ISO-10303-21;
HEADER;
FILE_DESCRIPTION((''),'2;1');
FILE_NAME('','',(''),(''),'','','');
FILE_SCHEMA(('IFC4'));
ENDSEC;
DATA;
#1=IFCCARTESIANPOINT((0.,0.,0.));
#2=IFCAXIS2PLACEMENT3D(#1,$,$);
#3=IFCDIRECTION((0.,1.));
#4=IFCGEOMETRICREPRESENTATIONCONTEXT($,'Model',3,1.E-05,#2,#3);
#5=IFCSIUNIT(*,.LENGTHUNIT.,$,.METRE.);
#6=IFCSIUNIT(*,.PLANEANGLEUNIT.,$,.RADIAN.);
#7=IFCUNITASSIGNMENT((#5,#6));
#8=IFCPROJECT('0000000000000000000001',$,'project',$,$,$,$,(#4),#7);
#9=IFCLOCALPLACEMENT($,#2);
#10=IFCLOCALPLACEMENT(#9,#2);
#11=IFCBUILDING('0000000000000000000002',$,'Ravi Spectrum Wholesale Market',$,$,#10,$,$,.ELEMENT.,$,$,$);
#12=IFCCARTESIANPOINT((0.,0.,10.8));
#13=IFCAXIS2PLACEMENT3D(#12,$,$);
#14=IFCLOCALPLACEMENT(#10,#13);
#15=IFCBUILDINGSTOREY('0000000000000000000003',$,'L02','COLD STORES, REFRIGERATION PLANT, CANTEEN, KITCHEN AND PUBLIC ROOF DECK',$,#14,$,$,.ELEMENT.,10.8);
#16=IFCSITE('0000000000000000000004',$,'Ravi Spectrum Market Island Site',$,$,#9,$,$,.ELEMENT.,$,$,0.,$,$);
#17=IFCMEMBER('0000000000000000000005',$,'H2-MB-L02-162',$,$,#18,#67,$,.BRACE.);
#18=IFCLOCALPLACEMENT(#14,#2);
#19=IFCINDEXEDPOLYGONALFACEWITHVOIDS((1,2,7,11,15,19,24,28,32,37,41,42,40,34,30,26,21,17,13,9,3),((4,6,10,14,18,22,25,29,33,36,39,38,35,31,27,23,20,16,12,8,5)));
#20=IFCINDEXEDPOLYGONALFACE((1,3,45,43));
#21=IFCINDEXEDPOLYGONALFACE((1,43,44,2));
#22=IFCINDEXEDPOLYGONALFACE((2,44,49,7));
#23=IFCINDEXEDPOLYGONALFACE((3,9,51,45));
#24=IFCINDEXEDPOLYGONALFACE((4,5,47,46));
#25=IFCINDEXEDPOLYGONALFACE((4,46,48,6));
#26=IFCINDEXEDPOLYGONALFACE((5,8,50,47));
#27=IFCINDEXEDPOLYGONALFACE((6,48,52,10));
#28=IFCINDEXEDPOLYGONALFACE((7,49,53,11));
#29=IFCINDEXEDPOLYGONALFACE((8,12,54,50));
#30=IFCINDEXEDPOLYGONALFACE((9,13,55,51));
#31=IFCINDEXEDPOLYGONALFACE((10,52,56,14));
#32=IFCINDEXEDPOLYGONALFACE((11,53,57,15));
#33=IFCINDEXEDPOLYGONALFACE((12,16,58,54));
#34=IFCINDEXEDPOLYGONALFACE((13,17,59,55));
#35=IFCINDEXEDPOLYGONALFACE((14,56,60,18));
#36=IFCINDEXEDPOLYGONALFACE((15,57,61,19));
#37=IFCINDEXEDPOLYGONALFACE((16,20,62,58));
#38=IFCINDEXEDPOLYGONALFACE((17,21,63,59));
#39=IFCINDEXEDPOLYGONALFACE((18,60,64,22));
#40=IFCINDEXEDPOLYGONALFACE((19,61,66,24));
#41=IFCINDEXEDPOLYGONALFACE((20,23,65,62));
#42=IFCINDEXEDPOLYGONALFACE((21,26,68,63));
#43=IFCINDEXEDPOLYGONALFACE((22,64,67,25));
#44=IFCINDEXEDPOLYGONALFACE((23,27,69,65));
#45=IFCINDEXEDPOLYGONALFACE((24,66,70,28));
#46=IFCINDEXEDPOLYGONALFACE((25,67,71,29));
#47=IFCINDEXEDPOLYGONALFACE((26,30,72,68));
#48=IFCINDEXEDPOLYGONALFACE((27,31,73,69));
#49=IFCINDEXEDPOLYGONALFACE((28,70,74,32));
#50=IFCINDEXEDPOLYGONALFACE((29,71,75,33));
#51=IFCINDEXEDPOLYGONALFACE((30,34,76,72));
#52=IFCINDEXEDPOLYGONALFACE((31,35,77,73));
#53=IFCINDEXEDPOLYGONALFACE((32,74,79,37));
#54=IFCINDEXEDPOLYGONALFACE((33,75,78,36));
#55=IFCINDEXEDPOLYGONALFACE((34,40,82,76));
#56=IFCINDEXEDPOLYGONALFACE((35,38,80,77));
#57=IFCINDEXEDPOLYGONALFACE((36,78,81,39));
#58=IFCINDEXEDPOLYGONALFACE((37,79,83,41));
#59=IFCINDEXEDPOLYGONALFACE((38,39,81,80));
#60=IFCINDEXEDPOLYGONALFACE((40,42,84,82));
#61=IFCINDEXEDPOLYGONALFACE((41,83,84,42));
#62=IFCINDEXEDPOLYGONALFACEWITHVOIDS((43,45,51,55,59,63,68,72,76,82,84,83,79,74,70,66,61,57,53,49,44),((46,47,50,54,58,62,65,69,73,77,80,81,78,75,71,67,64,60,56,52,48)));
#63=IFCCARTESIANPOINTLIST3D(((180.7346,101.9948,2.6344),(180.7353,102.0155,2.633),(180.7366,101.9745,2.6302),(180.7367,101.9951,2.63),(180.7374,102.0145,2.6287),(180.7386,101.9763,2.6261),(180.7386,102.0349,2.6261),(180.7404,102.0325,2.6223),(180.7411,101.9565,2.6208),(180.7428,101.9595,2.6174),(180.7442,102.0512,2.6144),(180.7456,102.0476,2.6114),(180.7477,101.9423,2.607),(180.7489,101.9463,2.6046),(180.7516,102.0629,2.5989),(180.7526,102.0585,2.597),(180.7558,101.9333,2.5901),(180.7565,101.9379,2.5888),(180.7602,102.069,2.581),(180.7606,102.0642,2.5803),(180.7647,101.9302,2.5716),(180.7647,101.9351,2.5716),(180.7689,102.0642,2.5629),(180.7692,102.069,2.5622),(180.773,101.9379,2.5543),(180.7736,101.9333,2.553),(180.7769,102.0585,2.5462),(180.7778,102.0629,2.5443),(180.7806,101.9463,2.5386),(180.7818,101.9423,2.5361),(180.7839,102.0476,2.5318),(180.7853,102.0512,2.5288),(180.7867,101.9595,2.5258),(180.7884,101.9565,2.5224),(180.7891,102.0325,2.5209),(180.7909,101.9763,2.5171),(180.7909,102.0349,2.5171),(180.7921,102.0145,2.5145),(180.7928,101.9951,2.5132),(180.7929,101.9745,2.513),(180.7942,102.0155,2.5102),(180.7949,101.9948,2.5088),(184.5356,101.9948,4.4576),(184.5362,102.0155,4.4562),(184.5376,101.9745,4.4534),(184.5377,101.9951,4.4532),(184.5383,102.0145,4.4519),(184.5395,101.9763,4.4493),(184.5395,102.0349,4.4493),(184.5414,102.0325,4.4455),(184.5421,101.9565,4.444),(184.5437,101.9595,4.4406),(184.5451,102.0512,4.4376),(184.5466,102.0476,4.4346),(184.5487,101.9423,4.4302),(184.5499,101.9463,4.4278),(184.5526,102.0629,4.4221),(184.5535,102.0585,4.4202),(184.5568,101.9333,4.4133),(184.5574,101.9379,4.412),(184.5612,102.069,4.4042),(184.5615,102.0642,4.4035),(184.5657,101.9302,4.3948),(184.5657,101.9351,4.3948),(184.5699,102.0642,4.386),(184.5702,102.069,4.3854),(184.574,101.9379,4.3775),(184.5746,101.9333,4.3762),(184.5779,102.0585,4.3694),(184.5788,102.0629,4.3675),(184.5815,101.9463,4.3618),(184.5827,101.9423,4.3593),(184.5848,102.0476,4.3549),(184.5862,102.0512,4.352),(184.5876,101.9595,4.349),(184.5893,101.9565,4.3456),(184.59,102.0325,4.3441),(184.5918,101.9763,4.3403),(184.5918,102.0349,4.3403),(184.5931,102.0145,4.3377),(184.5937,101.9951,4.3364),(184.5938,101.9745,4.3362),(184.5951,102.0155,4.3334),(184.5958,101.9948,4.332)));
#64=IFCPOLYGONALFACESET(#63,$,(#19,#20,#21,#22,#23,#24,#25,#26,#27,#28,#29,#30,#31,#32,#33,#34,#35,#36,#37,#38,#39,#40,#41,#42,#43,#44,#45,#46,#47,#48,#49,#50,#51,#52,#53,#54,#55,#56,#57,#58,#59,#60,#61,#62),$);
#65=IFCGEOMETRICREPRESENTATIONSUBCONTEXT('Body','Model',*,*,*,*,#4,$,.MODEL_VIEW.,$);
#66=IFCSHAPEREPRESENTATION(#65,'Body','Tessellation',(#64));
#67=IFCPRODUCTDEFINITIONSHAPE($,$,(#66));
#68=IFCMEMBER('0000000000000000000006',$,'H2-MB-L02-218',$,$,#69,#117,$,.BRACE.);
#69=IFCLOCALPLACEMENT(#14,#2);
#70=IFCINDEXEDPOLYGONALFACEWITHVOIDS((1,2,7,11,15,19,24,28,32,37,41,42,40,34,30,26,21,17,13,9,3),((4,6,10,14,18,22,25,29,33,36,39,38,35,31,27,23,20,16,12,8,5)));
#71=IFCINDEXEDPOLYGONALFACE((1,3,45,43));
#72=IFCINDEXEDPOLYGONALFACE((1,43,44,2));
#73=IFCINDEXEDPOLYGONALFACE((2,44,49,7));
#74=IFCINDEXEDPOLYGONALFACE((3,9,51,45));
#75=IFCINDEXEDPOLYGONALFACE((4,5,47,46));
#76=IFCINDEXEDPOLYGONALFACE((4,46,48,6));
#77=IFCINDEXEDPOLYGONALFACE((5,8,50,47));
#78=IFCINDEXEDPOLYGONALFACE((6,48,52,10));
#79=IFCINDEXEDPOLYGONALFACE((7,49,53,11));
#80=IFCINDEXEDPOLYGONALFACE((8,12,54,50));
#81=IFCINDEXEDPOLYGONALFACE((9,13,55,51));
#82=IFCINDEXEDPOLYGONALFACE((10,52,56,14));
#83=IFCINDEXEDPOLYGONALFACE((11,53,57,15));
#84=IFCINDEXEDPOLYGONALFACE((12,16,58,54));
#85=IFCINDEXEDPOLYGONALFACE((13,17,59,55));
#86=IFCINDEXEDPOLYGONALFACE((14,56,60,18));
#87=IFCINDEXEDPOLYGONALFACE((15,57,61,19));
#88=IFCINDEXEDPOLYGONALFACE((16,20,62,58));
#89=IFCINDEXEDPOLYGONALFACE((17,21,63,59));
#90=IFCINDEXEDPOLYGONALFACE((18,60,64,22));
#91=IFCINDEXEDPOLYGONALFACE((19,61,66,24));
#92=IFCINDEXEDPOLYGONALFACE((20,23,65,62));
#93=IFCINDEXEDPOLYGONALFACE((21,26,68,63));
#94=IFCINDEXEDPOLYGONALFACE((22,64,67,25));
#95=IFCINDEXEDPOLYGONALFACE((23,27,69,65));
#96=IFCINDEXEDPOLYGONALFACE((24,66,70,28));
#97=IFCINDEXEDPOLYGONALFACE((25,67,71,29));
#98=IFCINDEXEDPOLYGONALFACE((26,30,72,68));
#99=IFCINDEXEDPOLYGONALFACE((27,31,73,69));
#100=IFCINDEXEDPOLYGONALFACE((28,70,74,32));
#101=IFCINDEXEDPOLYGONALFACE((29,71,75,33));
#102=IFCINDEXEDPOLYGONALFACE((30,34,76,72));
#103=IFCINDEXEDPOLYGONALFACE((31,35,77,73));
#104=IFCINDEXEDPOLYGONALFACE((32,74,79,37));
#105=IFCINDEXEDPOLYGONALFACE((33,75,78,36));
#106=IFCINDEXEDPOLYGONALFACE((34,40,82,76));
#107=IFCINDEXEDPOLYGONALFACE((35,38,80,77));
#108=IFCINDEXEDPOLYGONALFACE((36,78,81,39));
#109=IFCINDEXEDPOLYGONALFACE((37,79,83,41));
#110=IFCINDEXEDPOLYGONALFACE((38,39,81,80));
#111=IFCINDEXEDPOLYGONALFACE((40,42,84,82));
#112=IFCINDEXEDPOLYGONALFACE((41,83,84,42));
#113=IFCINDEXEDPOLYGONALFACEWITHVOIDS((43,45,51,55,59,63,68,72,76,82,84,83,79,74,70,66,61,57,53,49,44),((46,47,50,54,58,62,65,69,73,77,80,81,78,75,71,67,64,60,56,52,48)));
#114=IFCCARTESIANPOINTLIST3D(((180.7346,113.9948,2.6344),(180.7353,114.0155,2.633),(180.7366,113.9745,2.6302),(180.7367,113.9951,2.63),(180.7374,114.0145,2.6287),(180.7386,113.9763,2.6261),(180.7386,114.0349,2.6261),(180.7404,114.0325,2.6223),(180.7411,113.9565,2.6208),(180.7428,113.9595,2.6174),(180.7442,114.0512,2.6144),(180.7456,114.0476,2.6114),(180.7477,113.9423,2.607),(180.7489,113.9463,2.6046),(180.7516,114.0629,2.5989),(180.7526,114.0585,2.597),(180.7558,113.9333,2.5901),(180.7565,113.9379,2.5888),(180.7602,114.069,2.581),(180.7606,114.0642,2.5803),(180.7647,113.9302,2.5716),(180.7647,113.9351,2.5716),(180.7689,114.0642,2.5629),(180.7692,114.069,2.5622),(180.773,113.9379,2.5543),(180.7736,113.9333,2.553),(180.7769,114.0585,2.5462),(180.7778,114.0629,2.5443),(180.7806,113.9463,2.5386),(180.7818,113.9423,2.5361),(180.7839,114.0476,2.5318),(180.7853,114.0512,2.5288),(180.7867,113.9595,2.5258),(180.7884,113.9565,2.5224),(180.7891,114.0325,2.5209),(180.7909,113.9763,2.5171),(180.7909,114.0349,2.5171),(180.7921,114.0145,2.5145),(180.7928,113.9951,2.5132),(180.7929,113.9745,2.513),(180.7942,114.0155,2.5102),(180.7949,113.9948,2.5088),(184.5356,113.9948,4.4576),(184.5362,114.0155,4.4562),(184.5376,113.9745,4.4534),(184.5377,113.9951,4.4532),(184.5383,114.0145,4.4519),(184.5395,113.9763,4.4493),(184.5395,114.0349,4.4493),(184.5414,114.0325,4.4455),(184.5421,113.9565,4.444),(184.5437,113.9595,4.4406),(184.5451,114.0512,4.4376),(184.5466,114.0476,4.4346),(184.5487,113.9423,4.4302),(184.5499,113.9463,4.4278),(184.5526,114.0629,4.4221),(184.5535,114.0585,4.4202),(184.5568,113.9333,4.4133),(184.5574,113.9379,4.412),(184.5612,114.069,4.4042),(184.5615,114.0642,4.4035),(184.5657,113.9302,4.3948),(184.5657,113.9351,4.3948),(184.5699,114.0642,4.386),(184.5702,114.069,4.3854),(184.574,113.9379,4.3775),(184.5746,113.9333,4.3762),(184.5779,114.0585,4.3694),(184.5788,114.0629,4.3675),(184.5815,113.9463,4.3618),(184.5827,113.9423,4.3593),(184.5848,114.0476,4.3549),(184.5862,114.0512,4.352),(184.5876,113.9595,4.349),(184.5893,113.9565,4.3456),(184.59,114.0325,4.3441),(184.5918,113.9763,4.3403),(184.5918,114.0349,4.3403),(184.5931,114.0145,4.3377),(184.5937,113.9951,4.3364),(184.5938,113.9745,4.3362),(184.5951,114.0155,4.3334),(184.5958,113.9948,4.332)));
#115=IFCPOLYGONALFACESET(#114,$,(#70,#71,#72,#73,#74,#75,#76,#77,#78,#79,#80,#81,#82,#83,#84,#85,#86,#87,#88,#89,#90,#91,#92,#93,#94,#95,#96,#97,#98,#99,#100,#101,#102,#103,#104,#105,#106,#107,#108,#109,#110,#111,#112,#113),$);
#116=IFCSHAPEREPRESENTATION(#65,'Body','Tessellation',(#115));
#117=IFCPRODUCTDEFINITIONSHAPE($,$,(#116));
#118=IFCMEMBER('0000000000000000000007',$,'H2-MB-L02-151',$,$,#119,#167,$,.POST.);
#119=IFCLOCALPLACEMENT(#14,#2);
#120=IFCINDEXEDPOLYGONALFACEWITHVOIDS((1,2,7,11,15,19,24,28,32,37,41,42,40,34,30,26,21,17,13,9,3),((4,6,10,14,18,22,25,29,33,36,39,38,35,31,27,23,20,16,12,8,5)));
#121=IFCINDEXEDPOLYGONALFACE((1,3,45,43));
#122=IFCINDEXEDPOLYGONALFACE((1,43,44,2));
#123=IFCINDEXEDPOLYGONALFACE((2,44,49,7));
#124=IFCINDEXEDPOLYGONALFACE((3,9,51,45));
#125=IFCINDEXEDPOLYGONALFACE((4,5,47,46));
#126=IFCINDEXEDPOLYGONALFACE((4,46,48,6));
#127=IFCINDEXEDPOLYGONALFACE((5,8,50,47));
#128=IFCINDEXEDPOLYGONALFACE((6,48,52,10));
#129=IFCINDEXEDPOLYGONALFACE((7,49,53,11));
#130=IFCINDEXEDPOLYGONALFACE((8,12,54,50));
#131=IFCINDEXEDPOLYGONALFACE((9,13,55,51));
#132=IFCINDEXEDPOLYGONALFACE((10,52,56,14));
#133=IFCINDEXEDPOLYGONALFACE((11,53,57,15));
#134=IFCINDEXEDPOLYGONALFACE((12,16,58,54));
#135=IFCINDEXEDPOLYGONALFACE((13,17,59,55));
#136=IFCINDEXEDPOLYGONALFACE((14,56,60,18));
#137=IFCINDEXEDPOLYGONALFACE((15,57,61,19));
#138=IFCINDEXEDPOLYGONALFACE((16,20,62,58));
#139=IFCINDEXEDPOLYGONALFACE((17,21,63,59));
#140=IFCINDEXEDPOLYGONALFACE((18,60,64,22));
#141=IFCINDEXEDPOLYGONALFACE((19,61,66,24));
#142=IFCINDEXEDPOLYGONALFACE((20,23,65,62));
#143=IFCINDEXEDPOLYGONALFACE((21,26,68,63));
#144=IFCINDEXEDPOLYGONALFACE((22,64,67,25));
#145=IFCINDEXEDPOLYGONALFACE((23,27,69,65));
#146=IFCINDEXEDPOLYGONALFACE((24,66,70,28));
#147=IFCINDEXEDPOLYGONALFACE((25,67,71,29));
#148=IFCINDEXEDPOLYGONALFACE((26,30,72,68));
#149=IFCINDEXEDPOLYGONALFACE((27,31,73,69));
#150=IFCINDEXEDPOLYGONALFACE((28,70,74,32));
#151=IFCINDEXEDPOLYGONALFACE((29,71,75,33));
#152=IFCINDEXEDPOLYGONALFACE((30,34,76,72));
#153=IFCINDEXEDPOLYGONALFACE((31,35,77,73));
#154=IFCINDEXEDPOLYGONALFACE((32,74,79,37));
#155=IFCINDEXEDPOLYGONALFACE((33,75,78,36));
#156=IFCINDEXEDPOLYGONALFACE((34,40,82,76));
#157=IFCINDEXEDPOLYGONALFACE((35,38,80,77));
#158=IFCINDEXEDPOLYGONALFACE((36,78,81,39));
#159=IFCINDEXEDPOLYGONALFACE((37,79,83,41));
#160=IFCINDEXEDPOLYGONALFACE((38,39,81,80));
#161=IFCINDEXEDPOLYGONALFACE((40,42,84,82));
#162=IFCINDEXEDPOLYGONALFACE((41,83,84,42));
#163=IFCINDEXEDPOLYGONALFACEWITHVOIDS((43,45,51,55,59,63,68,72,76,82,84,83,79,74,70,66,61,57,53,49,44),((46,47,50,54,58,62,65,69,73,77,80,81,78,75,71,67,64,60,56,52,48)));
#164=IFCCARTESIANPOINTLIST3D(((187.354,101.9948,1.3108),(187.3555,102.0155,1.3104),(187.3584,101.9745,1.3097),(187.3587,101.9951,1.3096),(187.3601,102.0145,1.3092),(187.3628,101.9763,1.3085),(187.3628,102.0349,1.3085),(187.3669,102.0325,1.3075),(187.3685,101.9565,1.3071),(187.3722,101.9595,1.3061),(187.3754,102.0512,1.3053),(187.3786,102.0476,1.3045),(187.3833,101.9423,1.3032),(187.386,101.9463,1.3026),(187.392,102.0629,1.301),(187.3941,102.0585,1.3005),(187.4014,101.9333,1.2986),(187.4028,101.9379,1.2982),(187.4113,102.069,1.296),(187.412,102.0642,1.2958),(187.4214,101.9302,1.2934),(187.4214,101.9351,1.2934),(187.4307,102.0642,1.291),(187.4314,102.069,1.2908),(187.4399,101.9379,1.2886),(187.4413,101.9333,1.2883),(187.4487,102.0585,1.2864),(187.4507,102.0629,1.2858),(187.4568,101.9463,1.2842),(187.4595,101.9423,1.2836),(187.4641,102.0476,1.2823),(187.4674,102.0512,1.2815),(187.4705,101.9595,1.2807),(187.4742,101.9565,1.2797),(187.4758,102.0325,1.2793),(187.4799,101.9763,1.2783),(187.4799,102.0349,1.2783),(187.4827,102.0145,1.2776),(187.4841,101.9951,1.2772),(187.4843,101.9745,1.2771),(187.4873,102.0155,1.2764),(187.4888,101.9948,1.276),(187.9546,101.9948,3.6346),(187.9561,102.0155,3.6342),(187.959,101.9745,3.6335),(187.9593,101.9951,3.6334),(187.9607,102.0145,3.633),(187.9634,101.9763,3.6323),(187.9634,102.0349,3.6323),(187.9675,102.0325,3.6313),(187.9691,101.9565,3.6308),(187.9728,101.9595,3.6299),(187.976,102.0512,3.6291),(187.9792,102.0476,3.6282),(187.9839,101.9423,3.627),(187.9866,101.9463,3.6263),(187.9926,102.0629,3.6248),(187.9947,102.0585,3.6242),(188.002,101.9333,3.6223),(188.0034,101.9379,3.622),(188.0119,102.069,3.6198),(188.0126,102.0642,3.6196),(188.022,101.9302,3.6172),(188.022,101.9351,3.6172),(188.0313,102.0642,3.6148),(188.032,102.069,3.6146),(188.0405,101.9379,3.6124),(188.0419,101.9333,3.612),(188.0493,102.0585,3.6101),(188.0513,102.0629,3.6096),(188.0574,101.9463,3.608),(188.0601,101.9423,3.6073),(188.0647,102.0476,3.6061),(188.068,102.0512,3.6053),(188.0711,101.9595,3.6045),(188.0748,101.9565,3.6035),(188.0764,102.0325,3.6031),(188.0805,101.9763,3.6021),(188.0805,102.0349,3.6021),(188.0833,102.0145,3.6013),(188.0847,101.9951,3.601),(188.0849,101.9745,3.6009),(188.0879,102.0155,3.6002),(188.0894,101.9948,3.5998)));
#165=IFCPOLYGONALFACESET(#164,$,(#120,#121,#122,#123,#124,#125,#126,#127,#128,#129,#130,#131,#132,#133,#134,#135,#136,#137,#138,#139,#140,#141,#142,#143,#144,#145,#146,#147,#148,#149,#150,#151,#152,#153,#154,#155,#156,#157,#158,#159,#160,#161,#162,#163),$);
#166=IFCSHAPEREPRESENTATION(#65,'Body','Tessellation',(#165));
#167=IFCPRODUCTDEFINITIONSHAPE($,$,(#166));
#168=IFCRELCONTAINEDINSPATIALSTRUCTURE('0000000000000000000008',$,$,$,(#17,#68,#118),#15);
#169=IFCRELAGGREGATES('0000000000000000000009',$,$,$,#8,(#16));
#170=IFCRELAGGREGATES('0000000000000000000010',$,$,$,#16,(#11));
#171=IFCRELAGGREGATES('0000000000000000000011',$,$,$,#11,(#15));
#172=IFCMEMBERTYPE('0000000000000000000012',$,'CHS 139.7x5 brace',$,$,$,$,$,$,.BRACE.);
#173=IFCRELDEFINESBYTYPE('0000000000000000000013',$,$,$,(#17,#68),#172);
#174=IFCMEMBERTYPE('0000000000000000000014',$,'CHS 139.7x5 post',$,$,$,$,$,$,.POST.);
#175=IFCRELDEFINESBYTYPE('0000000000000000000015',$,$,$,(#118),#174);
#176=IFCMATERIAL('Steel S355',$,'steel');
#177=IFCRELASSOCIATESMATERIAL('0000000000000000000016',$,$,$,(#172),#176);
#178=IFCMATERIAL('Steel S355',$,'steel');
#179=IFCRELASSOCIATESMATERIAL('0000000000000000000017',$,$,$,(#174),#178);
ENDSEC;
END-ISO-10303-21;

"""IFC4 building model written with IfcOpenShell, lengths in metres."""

from ifc_helpers import new_model, si_unit, direction, frame, origin, origin_2d, place, context, subcontext, project, spatial, hollow_circle, extrude, material, material_profile, profile_set, type_object, element, save


model = new_model("IFC4")

# Units and contexts
model_context = context("Model", 3, precision=1e-05, world=origin(), true_north=direction((0.0, 1.0)))
body_context = subcontext(model_context, "Body", "Model", "MODEL_VIEW")
ifc_project = project(units=[si_unit("LENGTHUNIT", "METRE"), si_unit("PLANEANGLEUNIT", "RADIAN")], contexts=[model_context])

# Site, building, storey
site_placement = place(None, origin())
site = spatial("IfcSite", under=ifc_project, at=site_placement, Name="Ravi Spectrum Market Island Site", CompositionType="ELEMENT", RefElevation=0.0)
building_placement = place(site_placement, origin())
building = spatial("IfcBuilding", under=site, at=building_placement, Name="Ravi Spectrum Wholesale Market", CompositionType="ELEMENT")
storey_placement = place(building_placement, frame((0.0, 0.0, 10.8)))
storey = spatial("IfcBuildingStorey", under=building, at=storey_placement, Name="L02", Description="COLD STORES, REFRIGERATION PLANT, CANTEEN, KITCHEN AND PUBLIC ROOF DECK", CompositionType="ELEMENT", Elevation=10.8)

# Members
ifc_material_1 = material(Name="Steel S355", Category="steel")
ifc_material_profile_1 = material_profile(ifc_material_1, hollow_circle(Radius=0.0698, WallThickness=0.0049, at=origin_2d()))
ifc_profile_set_1 = profile_set([ifc_material_profile_1], Name="Steel S355")
member_type_1 = type_object("IfcMemberType", Name="CHS 139.7x5 brace", PredefinedType="BRACE", material=ifc_profile_set_1)
for number, where, z_axis, x_axis, name in (
    (1, (184.5657, 102.0, 4.3948), (-0.901639, 0.0, -0.43249), (0.0, -1.0, 0.0), "H2-MB-L02-162"),
    (2, (184.5657, 114.0, 4.3948), (-0.901639, 0.0, -0.43249), (0.0, -1.0, 0.0), "H2-MB-L02-218"),
):
    element("IfcMember", number, at=place(storey_placement, frame(where, z_axis=z_axis, x_axis=x_axis)), inside=storey, type_object=member_type_1, Name=name, PredefinedType="BRACE", context=body_context, shape_type="SweptSolid", body=[
        extrude(hollow_circle(Radius=0.0698, WallThickness=0.0049, at=origin_2d()), origin(), (0.0, 0.0, 1.0), 4.2156),
    ])
ifc_material_2 = material(Name="Steel S355", Category="steel")
ifc_material_profile_2 = material_profile(ifc_material_2, hollow_circle(Radius=0.0698, WallThickness=0.0049, at=origin_2d()))
ifc_profile_set_2 = profile_set([ifc_material_profile_2], Name="Steel S355")
member_type_2 = type_object("IfcMemberType", Name="CHS 139.7x5 post", PredefinedType="POST", material=ifc_profile_set_2)
member_1_placement = place(storey_placement, frame((188.022, 102.0, 3.6172), z_axis=(-0.250235, 0.0, -0.968185), x_axis=(0.0, -1.0, 0.0)))
element("IfcMember", 3, at=member_1_placement, inside=storey, type_object=member_type_2, Name="H2-MB-L02-151", PredefinedType="POST", context=body_context, shape_type="SweptSolid", body=[
    extrude(hollow_circle(Radius=0.0698, WallThickness=0.0049, at=origin_2d()), origin(), (0.0, 0.0, 1.0), 2.4001),
])

save(model, "model.ifc")
